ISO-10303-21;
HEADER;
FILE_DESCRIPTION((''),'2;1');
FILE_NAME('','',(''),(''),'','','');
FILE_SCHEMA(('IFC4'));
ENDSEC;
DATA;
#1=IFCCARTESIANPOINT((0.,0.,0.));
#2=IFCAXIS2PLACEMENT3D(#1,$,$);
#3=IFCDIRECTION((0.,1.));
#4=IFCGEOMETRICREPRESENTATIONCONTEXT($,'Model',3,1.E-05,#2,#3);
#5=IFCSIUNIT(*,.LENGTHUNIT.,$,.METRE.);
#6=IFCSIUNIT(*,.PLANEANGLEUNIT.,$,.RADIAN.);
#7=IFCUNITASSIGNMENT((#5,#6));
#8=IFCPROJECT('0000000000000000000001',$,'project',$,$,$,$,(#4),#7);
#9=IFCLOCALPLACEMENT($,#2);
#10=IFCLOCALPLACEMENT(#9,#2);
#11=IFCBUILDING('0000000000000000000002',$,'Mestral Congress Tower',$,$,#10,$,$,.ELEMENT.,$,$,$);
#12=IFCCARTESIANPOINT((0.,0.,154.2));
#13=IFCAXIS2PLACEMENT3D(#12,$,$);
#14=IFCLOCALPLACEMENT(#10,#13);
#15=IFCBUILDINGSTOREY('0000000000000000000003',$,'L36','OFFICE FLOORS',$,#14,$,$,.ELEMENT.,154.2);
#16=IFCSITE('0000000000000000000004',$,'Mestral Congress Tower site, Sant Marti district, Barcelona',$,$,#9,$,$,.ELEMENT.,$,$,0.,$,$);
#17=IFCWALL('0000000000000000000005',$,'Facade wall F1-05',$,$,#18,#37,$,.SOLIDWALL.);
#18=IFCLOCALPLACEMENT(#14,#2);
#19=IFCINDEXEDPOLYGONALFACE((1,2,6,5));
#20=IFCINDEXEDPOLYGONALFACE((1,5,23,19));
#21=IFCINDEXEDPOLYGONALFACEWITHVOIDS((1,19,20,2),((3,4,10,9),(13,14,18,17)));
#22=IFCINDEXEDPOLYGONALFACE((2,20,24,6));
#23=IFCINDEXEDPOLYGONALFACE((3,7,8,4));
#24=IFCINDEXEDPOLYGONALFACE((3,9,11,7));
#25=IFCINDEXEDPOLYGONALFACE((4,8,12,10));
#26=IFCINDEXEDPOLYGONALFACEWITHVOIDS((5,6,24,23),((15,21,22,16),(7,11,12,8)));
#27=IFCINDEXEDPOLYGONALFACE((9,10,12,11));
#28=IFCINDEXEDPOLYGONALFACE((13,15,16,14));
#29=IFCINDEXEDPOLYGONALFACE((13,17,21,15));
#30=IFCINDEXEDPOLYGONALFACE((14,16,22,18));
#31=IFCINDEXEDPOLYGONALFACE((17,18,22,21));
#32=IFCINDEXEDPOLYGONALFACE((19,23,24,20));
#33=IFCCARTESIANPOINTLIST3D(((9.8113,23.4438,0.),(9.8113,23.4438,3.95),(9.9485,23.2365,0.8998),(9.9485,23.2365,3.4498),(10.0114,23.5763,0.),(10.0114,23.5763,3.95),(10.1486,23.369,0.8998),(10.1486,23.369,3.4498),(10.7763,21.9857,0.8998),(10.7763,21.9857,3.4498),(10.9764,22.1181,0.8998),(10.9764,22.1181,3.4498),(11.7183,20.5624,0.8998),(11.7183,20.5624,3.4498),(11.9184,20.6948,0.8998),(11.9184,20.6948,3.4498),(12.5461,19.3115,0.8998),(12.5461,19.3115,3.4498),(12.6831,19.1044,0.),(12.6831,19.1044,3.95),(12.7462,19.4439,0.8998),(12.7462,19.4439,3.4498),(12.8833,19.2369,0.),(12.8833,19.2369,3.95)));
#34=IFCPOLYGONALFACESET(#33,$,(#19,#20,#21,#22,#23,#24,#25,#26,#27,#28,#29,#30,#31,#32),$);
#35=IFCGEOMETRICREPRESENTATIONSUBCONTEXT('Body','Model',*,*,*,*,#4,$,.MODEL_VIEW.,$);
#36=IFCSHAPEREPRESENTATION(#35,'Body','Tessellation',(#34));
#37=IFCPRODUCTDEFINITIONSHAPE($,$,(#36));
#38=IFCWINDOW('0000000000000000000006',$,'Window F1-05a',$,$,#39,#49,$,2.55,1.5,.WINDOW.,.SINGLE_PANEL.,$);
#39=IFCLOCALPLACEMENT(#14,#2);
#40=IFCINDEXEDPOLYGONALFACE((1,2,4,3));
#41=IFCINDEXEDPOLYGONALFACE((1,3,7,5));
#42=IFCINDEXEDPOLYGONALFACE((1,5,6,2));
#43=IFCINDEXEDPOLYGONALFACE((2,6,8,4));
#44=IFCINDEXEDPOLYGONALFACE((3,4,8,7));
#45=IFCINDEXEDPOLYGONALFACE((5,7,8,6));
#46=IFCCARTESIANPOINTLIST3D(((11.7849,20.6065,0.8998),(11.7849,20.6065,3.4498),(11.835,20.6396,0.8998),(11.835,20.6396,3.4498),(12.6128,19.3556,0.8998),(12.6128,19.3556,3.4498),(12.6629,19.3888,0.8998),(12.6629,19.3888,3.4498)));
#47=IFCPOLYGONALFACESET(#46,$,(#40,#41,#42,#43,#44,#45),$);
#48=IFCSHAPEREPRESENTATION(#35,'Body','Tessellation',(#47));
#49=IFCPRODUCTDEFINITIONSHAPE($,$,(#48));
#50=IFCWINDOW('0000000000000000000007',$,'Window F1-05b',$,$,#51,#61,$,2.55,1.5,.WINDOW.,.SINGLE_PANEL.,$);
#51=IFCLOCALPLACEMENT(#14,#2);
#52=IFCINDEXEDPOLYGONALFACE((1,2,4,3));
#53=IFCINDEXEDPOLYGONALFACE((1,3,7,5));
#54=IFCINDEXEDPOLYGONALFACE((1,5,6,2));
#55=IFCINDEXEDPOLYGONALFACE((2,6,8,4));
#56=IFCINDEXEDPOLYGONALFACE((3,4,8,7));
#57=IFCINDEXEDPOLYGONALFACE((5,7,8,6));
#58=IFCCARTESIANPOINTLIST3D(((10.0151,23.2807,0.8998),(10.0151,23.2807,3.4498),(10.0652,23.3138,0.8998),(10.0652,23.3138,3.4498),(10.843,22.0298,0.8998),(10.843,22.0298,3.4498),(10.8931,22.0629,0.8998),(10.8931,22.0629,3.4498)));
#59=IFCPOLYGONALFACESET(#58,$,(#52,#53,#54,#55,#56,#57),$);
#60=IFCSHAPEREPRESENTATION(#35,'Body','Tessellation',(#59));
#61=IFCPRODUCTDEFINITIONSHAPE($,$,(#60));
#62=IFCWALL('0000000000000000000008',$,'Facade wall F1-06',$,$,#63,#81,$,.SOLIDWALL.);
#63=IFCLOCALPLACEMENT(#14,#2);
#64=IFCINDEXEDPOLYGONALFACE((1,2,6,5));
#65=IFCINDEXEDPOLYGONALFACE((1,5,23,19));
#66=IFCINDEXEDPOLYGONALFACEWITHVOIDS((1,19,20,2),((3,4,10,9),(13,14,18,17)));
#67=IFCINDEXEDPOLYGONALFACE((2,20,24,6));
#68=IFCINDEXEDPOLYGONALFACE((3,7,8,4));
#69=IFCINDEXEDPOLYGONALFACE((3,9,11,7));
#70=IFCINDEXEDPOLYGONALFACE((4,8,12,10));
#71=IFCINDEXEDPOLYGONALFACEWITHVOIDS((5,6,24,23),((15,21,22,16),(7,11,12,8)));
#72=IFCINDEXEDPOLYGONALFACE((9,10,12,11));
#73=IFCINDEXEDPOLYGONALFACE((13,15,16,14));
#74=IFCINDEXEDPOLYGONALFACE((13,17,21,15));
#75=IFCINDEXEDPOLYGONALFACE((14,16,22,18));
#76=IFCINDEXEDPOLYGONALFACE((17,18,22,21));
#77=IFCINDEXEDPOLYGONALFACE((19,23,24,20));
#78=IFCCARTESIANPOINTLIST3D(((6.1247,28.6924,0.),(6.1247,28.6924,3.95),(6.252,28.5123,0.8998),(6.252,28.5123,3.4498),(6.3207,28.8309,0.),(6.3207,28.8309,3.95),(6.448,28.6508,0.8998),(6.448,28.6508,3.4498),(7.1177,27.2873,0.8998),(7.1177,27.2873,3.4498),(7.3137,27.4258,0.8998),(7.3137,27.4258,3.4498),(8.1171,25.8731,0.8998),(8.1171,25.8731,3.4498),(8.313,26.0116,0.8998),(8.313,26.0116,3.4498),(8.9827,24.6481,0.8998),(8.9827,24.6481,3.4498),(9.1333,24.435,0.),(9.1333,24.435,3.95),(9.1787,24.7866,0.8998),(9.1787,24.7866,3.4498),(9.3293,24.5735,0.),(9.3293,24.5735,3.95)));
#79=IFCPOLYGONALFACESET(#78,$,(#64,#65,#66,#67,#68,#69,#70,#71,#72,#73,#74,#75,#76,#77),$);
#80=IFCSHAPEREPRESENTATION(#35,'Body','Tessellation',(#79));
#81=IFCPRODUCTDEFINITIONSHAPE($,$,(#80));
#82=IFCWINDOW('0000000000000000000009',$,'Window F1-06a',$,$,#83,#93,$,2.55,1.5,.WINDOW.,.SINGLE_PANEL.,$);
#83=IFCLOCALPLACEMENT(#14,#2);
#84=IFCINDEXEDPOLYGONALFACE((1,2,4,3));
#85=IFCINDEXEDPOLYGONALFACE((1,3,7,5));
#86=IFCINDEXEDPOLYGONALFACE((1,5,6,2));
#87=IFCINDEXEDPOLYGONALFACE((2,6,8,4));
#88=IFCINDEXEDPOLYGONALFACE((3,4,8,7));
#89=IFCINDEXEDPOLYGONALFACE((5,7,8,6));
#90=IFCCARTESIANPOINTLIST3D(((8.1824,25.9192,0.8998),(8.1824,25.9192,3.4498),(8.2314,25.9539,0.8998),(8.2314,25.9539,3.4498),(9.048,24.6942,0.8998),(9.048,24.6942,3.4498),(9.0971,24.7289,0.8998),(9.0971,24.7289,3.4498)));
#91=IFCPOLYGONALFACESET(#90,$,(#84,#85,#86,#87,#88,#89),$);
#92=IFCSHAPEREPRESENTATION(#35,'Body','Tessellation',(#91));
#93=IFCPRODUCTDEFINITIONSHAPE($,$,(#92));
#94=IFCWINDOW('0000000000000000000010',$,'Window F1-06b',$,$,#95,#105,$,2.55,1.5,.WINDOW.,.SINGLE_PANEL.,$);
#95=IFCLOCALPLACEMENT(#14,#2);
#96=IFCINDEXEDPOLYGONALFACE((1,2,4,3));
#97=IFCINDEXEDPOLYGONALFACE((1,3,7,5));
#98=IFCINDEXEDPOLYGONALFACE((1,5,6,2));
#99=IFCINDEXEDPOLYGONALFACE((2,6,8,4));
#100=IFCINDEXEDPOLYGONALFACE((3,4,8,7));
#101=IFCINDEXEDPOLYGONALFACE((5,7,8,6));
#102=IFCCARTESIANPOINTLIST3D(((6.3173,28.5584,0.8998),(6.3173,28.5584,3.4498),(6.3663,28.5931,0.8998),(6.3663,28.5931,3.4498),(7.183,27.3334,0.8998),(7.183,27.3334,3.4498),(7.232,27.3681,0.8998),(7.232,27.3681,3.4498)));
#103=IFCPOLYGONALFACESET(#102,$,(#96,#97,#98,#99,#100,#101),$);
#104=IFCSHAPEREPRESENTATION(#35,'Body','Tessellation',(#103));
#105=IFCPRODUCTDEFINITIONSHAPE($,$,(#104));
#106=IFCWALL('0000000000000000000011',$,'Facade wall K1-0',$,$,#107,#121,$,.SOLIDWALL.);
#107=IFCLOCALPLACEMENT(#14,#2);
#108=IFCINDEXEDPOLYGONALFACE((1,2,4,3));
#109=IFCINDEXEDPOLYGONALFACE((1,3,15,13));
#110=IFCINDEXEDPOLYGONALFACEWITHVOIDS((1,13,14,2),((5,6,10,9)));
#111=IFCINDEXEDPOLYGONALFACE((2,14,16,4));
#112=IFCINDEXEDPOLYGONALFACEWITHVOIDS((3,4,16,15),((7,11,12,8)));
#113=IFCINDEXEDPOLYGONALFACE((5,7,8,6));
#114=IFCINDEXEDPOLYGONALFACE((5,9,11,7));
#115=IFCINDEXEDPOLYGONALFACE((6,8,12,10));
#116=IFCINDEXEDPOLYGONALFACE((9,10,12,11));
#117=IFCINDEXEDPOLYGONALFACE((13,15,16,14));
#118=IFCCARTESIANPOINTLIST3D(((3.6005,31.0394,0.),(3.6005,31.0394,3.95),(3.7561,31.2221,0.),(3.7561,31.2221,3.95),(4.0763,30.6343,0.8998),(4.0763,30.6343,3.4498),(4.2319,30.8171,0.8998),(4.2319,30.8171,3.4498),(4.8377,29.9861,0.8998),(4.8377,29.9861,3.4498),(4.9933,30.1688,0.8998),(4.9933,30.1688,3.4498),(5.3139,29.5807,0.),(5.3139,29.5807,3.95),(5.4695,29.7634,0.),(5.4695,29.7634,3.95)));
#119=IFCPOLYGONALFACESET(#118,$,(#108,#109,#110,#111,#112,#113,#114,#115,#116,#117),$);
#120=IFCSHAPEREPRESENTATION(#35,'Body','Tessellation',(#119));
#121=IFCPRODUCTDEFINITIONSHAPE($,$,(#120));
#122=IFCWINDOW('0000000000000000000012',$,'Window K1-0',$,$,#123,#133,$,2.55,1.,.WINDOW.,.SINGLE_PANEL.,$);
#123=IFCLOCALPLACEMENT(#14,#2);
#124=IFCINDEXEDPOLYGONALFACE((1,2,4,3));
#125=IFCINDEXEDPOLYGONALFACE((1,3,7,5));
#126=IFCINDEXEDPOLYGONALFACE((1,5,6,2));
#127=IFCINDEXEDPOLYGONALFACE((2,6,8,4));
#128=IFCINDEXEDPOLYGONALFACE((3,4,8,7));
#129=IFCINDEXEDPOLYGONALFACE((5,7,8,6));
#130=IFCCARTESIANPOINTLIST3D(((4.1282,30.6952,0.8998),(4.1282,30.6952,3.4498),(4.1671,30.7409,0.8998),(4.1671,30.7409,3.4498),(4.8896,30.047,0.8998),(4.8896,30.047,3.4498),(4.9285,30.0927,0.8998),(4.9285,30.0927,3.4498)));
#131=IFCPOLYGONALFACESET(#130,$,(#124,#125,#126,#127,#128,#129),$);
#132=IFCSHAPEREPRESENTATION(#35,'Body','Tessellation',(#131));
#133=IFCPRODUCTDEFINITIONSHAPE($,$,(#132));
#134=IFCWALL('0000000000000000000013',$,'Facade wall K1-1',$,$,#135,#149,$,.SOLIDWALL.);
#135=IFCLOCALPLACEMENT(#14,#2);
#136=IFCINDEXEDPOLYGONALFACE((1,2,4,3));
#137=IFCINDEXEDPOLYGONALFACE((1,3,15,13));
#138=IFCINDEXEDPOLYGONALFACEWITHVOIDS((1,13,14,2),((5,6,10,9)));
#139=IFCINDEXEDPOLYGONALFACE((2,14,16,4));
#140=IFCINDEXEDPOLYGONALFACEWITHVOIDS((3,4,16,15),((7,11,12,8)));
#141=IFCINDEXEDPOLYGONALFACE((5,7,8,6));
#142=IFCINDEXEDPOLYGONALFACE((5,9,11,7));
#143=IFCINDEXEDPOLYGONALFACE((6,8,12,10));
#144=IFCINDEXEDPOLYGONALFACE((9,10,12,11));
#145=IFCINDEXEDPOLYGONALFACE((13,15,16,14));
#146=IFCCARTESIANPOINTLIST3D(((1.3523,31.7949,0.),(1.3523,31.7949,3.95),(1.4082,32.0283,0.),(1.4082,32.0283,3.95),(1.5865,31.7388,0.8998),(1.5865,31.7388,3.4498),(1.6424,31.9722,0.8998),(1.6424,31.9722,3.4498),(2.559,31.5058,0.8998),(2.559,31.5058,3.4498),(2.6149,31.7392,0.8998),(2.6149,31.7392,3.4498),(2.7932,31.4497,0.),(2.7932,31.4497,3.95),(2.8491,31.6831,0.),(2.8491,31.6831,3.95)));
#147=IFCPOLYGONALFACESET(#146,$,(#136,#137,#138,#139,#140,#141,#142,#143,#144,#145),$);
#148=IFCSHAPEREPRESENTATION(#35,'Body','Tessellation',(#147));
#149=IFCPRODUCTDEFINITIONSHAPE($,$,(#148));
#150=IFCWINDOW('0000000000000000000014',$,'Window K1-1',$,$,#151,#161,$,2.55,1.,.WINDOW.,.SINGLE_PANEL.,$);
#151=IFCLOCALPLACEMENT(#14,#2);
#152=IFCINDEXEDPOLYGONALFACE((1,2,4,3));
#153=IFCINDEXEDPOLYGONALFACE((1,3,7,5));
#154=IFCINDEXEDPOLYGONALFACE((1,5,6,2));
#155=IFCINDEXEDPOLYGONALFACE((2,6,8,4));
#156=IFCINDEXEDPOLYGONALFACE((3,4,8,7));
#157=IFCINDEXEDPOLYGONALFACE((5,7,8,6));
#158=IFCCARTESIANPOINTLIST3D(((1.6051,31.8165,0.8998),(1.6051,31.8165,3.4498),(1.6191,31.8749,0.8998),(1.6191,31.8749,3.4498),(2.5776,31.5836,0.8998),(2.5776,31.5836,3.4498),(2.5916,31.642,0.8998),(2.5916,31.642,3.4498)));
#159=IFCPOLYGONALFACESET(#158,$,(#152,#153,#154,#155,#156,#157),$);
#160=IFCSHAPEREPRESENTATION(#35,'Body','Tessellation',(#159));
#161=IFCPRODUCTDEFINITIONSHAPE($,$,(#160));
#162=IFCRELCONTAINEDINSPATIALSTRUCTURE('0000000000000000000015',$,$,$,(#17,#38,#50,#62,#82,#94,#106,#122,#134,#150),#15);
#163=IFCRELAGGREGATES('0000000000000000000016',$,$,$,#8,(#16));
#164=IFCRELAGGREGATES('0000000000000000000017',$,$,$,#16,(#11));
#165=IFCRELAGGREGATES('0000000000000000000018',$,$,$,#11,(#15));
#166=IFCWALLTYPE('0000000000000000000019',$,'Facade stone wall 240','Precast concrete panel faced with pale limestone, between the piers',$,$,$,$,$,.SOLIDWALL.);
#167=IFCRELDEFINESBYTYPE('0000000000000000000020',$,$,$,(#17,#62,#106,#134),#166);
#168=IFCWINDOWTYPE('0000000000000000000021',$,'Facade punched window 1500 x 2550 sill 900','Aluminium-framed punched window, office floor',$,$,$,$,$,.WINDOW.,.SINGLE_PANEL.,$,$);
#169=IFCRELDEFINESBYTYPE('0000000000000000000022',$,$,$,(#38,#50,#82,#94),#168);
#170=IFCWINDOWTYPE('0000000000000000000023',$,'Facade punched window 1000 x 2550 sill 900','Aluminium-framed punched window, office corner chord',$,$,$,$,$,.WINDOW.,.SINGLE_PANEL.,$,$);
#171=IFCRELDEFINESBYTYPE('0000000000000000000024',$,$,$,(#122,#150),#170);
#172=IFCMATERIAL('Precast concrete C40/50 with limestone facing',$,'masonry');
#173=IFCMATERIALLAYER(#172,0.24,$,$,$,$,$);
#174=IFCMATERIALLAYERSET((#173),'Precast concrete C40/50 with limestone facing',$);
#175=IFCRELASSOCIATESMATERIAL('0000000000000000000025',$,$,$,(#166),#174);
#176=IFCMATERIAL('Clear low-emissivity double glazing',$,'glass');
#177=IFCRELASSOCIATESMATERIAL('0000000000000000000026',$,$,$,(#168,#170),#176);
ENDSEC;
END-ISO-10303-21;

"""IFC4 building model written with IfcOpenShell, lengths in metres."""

from ifc_helpers import new_model, si_unit, direction, frame, frame_2d, origin, place, context, subcontext, project, spatial, rectangle, extrude, material, layer, layer_set, type_object, element, fill, save


model = new_model("IFC4")

# Units and contexts
model_context = context("Model", 3, precision=1e-05, world=origin(), true_north=direction((0.0, 1.0)))
body_context = subcontext(model_context, "Body", "Model", "MODEL_VIEW")
ifc_project = project(units=[si_unit("LENGTHUNIT", "METRE"), si_unit("PLANEANGLEUNIT", "RADIAN")], contexts=[model_context])

# Site, building, storey
site_placement = place(None, origin())
site = spatial("IfcSite", under=ifc_project, at=site_placement, Name="Mestral Congress Tower site, Sant Marti district, Barcelona", CompositionType="ELEMENT", RefElevation=0.0)
building_placement = place(site_placement, origin())
building = spatial("IfcBuilding", under=site, at=building_placement, Name="Mestral Congress Tower", CompositionType="ELEMENT")
storey_placement = place(building_placement, frame((0.0, 0.0, 154.2)))
storey = spatial("IfcBuildingStorey", under=building, at=storey_placement, Name="L36", Description="OFFICE FLOORS", CompositionType="ELEMENT", Elevation=154.2)

# Walls, openings, windows
ifc_material_1 = material(Name="Precast concrete C40/50 with limestone facing", Category="masonry")
ifc_layer_1 = layer(ifc_material_1, 0.24)
ifc_layer_set_1 = layer_set([ifc_layer_1], Name="Precast concrete C40/50 with limestone facing")
wall_type_1 = type_object("IfcWallType", Name="Facade stone wall 240", Description="Precast concrete panel faced with pale limestone, between the piers", PredefinedType="SOLIDWALL", material=ifc_layer_set_1)
wall_1_placement = place(storey_placement, frame((12.7832, 19.1707, 0.0), z_axis=(0.0, 0.0, 1.0), x_axis=(-0.551893, 0.833915, 0.0)))
wall_1 = element("IfcWall", 1, at=wall_1_placement, inside=storey, type_object=wall_type_1, Name="Facade wall F1-05", PredefinedType="SOLIDWALL", context=body_context, shape_type="SweptSolid", body=[
    extrude(rectangle(XDim=5.2036, YDim=0.24, at=frame_2d((2.6018, 0.0))), origin(), (0.0, 0.0, 1.0), 3.95),
])
opening_1_placement = place(wall_1_placement, frame((0.2483, 0.0, 0.8999)))
opening_1 = element("IfcOpeningElement", 2, at=opening_1_placement, cuts=wall_1, PredefinedType="OPENING", context=body_context, shape_type="SweptSolid", body=[
    extrude(rectangle(XDim=1.5, YDim=2.55, at=frame_2d((0.75, 1.2749))), frame((0.0, 0.1299, 0.0), z_axis=(0.0, -1.0, 0.0), x_axis=(1.0, 0.0, 0.0)), (0.0, 0.0, 1.0), 0.26),
])
opening_2_placement = place(wall_1_placement, frame((3.4551, 0.0, 0.8999)))
opening_2 = element("IfcOpeningElement", 3, at=opening_2_placement, cuts=wall_1, PredefinedType="OPENING", context=body_context, shape_type="SweptSolid", body=[
    extrude(rectangle(XDim=1.5, YDim=2.55, at=frame_2d((0.75, 1.2749))), frame((0.0, 0.1299, 0.0), z_axis=(0.0, -1.0, 0.0), x_axis=(1.0, 0.0, 0.0)), (0.0, 0.0, 1.0), 0.26),
])
ifc_material_2 = material(Name="Clear low-emissivity double glazing", Category="glass")
window_type_1 = type_object("IfcWindowType", Name="Facade punched window 1500 x 2550 sill 900", Description="Aluminium-framed punched window, office floor", PartitioningType="SINGLE_PANEL", PredefinedType="WINDOW", material=ifc_material_2)
window_1_placement = place(opening_1_placement, origin())
window_1 = element("IfcWindow", 4, at=window_1_placement, inside=storey, type_object=window_type_1, Name="Window F1-05a", OverallHeight=2.55, OverallWidth=1.5, PartitioningType="SINGLE_PANEL", PredefinedType="WINDOW", context=body_context, shape_type="SweptSolid", body=[
    extrude(rectangle(XDim=1.5, YDim=2.55, at=frame_2d((0.75, 1.2749))), frame((0.0, 0.04, 0.0), z_axis=(0.0, -1.0, 0.0), x_axis=(1.0, 0.0, 0.0)), (0.0, 0.0, 1.0), 0.0601),
])
fill(opening_1, window_1)
window_2_placement = place(opening_2_placement, origin())
window_2 = element("IfcWindow", 5, at=window_2_placement, inside=storey, type_object=window_type_1, Name="Window F1-05b", OverallHeight=2.55, OverallWidth=1.5, PartitioningType="SINGLE_PANEL", PredefinedType="WINDOW", context=body_context, shape_type="SweptSolid", body=[
    extrude(rectangle(XDim=1.5, YDim=2.55, at=frame_2d((0.75, 1.2749))), frame((0.0, 0.04, 0.0), z_axis=(0.0, -1.0, 0.0), x_axis=(1.0, 0.0, 0.0)), (0.0, 0.0, 1.0), 0.0601),
])
fill(opening_2, window_2)
wall_2_placement = place(storey_placement, frame((9.2312, 24.5044, 0.0), z_axis=(0.0, 0.0, 1.0), x_axis=(-0.577115, 0.816663, 0.0)))
wall_2 = element("IfcWall", 6, at=wall_2_placement, inside=storey, type_object=wall_type_1, Name="Facade wall F1-06", PredefinedType="SOLIDWALL", context=body_context, shape_type="SweptSolid", body=[
    extrude(rectangle(XDim=5.2131, YDim=0.24, at=frame_2d((2.6064, 0.0))), origin(), (0.0, 0.0, 1.0), 3.95),
])
opening_3_placement = place(wall_2_placement, frame((0.2607, 0.0, 0.8999)))
opening_3 = element("IfcOpeningElement", 7, at=opening_3_placement, cuts=wall_2, PredefinedType="OPENING", context=body_context, shape_type="SweptSolid", body=[
    extrude(rectangle(XDim=1.5, YDim=2.55, at=frame_2d((0.75, 1.2749))), frame((0.0, 0.1299, 0.0), z_axis=(0.0, -1.0, 0.0), x_axis=(1.0, 0.0, 0.0)), (0.0, 0.0, 1.0), 0.26),
])
opening_4_placement = place(wall_2_placement, frame((3.4924, 0.0, 0.8999)))
opening_4 = element("IfcOpeningElement", 8, at=opening_4_placement, cuts=wall_2, PredefinedType="OPENING", context=body_context, shape_type="SweptSolid", body=[
    extrude(rectangle(XDim=1.5, YDim=2.55, at=frame_2d((0.75, 1.2749))), frame((0.0, 0.1299, 0.0), z_axis=(0.0, -1.0, 0.0), x_axis=(1.0, 0.0, 0.0)), (0.0, 0.0, 1.0), 0.26),
])
window_3_placement = place(opening_3_placement, origin())
window_3 = element("IfcWindow", 9, at=window_3_placement, inside=storey, type_object=window_type_1, Name="Window F1-06a", OverallHeight=2.55, OverallWidth=1.5, PartitioningType="SINGLE_PANEL", PredefinedType="WINDOW", context=body_context, shape_type="SweptSolid", body=[
    extrude(rectangle(XDim=1.5, YDim=2.55, at=frame_2d((0.75, 1.2749))), frame((0.0, 0.04, 0.0), z_axis=(0.0, -1.0, 0.0), x_axis=(1.0, 0.0, 0.0)), (0.0, 0.0, 1.0), 0.0601),
])
fill(opening_3, window_3)
window_4_placement = place(opening_4_placement, origin())
window_4 = element("IfcWindow", 10, at=window_4_placement, inside=storey, type_object=window_type_1, Name="Window F1-06b", OverallHeight=2.55, OverallWidth=1.5, PartitioningType="SINGLE_PANEL", PredefinedType="WINDOW", context=body_context, shape_type="SweptSolid", body=[
    extrude(rectangle(XDim=1.5, YDim=2.55, at=frame_2d((0.75, 1.2749))), frame((0.0, 0.04, 0.0), z_axis=(0.0, -1.0, 0.0), x_axis=(1.0, 0.0, 0.0)), (0.0, 0.0, 1.0), 0.0601),
])
fill(opening_4, window_4)

# Walls, openings, windows
wall_3_placement = place(storey_placement, frame((5.3916, 29.6721, 0.0), z_axis=(0.0, 0.0, 1.0), x_axis=(-0.76142, 0.648259, 0.0)))
wall_3 = element("IfcWall", 11, at=wall_3_placement, inside=storey, type_object=wall_type_1, Name="Facade wall K1-0", PredefinedType="SOLIDWALL", context=body_context, shape_type="SweptSolid", body=[
    extrude(rectangle(XDim=2.2502, YDim=0.24, at=frame_2d((1.125, 0.0))), origin(), (0.0, 0.0, 1.0), 3.95),
])
opening_5_placement = place(wall_3_placement, frame((0.6252, 0.0, 0.8999)))
opening_5 = element("IfcOpeningElement", 12, at=opening_5_placement, cuts=wall_3, PredefinedType="OPENING", context=body_context, shape_type="SweptSolid", body=[
    extrude(rectangle(XDim=1.0, YDim=2.55, at=frame_2d((0.5, 1.2749))), frame((0.0, 0.1299, 0.0), z_axis=(0.0, -1.0, 0.0), x_axis=(1.0, 0.0, 0.0)), (0.0, 0.0, 1.0), 0.26),
])
window_type_2 = type_object("IfcWindowType", Name="Facade punched window 1000 x 2550 sill 900", Description="Aluminium-framed punched window, office corner chord", PartitioningType="SINGLE_PANEL", PredefinedType="WINDOW", material=ifc_material_2)
window_5_placement = place(opening_5_placement, origin())
window_5 = element("IfcWindow", 13, at=window_5_placement, inside=storey, type_object=window_type_2, Name="Window K1-0", OverallHeight=2.55, OverallWidth=1.0, PartitioningType="SINGLE_PANEL", PredefinedType="WINDOW", context=body_context, shape_type="SweptSolid", body=[
    extrude(rectangle(XDim=1.0, YDim=2.55, at=frame_2d((0.5, 1.2749))), frame((0.0, 0.04, 0.0), z_axis=(0.0, -1.0, 0.0), x_axis=(1.0, 0.0, 0.0)), (0.0, 0.0, 1.0), 0.0601),
])
fill(opening_5, window_5)
wall_4_placement = place(storey_placement, frame((2.821, 31.5664, 0.0), z_axis=(0.0, 0.0, 1.0), x_axis=(-0.97248, 0.232987, 0.0)))
wall_4 = element("IfcWall", 14, at=wall_4_placement, inside=storey, type_object=wall_type_1, Name="Facade wall K1-1", PredefinedType="SOLIDWALL", context=body_context, shape_type="SweptSolid", body=[
    extrude(rectangle(XDim=1.4817, YDim=0.24, at=frame_2d((0.7407, 0.0))), origin(), (0.0, 0.0, 1.0), 3.95),
])
opening_6_placement = place(wall_4_placement, frame((0.2407, 0.0, 0.8999)))
opening_6 = element("IfcOpeningElement", 15, at=opening_6_placement, cuts=wall_4, PredefinedType="OPENING", context=body_context, shape_type="SweptSolid", body=[
    extrude(rectangle(XDim=1.0, YDim=2.55, at=frame_2d((0.5, 1.2749))), frame((0.0, 0.1299, 0.0), z_axis=(0.0, -1.0, 0.0), x_axis=(1.0, 0.0, 0.0)), (0.0, 0.0, 1.0), 0.26),
])
window_6_placement = place(opening_6_placement, origin())
window_6 = element("IfcWindow", 16, at=window_6_placement, inside=storey, type_object=window_type_2, Name="Window K1-1", OverallHeight=2.55, OverallWidth=1.0, PartitioningType="SINGLE_PANEL", PredefinedType="WINDOW", context=body_context, shape_type="SweptSolid", body=[
    extrude(rectangle(XDim=1.0, YDim=2.55, at=frame_2d((0.5, 1.2749))), frame((0.0, 0.04, 0.0), z_axis=(0.0, -1.0, 0.0), x_axis=(1.0, 0.0, 0.0)), (0.0, 0.0, 1.0), 0.0601),
])
fill(opening_6, window_6)

save(model, "model.ifc")
